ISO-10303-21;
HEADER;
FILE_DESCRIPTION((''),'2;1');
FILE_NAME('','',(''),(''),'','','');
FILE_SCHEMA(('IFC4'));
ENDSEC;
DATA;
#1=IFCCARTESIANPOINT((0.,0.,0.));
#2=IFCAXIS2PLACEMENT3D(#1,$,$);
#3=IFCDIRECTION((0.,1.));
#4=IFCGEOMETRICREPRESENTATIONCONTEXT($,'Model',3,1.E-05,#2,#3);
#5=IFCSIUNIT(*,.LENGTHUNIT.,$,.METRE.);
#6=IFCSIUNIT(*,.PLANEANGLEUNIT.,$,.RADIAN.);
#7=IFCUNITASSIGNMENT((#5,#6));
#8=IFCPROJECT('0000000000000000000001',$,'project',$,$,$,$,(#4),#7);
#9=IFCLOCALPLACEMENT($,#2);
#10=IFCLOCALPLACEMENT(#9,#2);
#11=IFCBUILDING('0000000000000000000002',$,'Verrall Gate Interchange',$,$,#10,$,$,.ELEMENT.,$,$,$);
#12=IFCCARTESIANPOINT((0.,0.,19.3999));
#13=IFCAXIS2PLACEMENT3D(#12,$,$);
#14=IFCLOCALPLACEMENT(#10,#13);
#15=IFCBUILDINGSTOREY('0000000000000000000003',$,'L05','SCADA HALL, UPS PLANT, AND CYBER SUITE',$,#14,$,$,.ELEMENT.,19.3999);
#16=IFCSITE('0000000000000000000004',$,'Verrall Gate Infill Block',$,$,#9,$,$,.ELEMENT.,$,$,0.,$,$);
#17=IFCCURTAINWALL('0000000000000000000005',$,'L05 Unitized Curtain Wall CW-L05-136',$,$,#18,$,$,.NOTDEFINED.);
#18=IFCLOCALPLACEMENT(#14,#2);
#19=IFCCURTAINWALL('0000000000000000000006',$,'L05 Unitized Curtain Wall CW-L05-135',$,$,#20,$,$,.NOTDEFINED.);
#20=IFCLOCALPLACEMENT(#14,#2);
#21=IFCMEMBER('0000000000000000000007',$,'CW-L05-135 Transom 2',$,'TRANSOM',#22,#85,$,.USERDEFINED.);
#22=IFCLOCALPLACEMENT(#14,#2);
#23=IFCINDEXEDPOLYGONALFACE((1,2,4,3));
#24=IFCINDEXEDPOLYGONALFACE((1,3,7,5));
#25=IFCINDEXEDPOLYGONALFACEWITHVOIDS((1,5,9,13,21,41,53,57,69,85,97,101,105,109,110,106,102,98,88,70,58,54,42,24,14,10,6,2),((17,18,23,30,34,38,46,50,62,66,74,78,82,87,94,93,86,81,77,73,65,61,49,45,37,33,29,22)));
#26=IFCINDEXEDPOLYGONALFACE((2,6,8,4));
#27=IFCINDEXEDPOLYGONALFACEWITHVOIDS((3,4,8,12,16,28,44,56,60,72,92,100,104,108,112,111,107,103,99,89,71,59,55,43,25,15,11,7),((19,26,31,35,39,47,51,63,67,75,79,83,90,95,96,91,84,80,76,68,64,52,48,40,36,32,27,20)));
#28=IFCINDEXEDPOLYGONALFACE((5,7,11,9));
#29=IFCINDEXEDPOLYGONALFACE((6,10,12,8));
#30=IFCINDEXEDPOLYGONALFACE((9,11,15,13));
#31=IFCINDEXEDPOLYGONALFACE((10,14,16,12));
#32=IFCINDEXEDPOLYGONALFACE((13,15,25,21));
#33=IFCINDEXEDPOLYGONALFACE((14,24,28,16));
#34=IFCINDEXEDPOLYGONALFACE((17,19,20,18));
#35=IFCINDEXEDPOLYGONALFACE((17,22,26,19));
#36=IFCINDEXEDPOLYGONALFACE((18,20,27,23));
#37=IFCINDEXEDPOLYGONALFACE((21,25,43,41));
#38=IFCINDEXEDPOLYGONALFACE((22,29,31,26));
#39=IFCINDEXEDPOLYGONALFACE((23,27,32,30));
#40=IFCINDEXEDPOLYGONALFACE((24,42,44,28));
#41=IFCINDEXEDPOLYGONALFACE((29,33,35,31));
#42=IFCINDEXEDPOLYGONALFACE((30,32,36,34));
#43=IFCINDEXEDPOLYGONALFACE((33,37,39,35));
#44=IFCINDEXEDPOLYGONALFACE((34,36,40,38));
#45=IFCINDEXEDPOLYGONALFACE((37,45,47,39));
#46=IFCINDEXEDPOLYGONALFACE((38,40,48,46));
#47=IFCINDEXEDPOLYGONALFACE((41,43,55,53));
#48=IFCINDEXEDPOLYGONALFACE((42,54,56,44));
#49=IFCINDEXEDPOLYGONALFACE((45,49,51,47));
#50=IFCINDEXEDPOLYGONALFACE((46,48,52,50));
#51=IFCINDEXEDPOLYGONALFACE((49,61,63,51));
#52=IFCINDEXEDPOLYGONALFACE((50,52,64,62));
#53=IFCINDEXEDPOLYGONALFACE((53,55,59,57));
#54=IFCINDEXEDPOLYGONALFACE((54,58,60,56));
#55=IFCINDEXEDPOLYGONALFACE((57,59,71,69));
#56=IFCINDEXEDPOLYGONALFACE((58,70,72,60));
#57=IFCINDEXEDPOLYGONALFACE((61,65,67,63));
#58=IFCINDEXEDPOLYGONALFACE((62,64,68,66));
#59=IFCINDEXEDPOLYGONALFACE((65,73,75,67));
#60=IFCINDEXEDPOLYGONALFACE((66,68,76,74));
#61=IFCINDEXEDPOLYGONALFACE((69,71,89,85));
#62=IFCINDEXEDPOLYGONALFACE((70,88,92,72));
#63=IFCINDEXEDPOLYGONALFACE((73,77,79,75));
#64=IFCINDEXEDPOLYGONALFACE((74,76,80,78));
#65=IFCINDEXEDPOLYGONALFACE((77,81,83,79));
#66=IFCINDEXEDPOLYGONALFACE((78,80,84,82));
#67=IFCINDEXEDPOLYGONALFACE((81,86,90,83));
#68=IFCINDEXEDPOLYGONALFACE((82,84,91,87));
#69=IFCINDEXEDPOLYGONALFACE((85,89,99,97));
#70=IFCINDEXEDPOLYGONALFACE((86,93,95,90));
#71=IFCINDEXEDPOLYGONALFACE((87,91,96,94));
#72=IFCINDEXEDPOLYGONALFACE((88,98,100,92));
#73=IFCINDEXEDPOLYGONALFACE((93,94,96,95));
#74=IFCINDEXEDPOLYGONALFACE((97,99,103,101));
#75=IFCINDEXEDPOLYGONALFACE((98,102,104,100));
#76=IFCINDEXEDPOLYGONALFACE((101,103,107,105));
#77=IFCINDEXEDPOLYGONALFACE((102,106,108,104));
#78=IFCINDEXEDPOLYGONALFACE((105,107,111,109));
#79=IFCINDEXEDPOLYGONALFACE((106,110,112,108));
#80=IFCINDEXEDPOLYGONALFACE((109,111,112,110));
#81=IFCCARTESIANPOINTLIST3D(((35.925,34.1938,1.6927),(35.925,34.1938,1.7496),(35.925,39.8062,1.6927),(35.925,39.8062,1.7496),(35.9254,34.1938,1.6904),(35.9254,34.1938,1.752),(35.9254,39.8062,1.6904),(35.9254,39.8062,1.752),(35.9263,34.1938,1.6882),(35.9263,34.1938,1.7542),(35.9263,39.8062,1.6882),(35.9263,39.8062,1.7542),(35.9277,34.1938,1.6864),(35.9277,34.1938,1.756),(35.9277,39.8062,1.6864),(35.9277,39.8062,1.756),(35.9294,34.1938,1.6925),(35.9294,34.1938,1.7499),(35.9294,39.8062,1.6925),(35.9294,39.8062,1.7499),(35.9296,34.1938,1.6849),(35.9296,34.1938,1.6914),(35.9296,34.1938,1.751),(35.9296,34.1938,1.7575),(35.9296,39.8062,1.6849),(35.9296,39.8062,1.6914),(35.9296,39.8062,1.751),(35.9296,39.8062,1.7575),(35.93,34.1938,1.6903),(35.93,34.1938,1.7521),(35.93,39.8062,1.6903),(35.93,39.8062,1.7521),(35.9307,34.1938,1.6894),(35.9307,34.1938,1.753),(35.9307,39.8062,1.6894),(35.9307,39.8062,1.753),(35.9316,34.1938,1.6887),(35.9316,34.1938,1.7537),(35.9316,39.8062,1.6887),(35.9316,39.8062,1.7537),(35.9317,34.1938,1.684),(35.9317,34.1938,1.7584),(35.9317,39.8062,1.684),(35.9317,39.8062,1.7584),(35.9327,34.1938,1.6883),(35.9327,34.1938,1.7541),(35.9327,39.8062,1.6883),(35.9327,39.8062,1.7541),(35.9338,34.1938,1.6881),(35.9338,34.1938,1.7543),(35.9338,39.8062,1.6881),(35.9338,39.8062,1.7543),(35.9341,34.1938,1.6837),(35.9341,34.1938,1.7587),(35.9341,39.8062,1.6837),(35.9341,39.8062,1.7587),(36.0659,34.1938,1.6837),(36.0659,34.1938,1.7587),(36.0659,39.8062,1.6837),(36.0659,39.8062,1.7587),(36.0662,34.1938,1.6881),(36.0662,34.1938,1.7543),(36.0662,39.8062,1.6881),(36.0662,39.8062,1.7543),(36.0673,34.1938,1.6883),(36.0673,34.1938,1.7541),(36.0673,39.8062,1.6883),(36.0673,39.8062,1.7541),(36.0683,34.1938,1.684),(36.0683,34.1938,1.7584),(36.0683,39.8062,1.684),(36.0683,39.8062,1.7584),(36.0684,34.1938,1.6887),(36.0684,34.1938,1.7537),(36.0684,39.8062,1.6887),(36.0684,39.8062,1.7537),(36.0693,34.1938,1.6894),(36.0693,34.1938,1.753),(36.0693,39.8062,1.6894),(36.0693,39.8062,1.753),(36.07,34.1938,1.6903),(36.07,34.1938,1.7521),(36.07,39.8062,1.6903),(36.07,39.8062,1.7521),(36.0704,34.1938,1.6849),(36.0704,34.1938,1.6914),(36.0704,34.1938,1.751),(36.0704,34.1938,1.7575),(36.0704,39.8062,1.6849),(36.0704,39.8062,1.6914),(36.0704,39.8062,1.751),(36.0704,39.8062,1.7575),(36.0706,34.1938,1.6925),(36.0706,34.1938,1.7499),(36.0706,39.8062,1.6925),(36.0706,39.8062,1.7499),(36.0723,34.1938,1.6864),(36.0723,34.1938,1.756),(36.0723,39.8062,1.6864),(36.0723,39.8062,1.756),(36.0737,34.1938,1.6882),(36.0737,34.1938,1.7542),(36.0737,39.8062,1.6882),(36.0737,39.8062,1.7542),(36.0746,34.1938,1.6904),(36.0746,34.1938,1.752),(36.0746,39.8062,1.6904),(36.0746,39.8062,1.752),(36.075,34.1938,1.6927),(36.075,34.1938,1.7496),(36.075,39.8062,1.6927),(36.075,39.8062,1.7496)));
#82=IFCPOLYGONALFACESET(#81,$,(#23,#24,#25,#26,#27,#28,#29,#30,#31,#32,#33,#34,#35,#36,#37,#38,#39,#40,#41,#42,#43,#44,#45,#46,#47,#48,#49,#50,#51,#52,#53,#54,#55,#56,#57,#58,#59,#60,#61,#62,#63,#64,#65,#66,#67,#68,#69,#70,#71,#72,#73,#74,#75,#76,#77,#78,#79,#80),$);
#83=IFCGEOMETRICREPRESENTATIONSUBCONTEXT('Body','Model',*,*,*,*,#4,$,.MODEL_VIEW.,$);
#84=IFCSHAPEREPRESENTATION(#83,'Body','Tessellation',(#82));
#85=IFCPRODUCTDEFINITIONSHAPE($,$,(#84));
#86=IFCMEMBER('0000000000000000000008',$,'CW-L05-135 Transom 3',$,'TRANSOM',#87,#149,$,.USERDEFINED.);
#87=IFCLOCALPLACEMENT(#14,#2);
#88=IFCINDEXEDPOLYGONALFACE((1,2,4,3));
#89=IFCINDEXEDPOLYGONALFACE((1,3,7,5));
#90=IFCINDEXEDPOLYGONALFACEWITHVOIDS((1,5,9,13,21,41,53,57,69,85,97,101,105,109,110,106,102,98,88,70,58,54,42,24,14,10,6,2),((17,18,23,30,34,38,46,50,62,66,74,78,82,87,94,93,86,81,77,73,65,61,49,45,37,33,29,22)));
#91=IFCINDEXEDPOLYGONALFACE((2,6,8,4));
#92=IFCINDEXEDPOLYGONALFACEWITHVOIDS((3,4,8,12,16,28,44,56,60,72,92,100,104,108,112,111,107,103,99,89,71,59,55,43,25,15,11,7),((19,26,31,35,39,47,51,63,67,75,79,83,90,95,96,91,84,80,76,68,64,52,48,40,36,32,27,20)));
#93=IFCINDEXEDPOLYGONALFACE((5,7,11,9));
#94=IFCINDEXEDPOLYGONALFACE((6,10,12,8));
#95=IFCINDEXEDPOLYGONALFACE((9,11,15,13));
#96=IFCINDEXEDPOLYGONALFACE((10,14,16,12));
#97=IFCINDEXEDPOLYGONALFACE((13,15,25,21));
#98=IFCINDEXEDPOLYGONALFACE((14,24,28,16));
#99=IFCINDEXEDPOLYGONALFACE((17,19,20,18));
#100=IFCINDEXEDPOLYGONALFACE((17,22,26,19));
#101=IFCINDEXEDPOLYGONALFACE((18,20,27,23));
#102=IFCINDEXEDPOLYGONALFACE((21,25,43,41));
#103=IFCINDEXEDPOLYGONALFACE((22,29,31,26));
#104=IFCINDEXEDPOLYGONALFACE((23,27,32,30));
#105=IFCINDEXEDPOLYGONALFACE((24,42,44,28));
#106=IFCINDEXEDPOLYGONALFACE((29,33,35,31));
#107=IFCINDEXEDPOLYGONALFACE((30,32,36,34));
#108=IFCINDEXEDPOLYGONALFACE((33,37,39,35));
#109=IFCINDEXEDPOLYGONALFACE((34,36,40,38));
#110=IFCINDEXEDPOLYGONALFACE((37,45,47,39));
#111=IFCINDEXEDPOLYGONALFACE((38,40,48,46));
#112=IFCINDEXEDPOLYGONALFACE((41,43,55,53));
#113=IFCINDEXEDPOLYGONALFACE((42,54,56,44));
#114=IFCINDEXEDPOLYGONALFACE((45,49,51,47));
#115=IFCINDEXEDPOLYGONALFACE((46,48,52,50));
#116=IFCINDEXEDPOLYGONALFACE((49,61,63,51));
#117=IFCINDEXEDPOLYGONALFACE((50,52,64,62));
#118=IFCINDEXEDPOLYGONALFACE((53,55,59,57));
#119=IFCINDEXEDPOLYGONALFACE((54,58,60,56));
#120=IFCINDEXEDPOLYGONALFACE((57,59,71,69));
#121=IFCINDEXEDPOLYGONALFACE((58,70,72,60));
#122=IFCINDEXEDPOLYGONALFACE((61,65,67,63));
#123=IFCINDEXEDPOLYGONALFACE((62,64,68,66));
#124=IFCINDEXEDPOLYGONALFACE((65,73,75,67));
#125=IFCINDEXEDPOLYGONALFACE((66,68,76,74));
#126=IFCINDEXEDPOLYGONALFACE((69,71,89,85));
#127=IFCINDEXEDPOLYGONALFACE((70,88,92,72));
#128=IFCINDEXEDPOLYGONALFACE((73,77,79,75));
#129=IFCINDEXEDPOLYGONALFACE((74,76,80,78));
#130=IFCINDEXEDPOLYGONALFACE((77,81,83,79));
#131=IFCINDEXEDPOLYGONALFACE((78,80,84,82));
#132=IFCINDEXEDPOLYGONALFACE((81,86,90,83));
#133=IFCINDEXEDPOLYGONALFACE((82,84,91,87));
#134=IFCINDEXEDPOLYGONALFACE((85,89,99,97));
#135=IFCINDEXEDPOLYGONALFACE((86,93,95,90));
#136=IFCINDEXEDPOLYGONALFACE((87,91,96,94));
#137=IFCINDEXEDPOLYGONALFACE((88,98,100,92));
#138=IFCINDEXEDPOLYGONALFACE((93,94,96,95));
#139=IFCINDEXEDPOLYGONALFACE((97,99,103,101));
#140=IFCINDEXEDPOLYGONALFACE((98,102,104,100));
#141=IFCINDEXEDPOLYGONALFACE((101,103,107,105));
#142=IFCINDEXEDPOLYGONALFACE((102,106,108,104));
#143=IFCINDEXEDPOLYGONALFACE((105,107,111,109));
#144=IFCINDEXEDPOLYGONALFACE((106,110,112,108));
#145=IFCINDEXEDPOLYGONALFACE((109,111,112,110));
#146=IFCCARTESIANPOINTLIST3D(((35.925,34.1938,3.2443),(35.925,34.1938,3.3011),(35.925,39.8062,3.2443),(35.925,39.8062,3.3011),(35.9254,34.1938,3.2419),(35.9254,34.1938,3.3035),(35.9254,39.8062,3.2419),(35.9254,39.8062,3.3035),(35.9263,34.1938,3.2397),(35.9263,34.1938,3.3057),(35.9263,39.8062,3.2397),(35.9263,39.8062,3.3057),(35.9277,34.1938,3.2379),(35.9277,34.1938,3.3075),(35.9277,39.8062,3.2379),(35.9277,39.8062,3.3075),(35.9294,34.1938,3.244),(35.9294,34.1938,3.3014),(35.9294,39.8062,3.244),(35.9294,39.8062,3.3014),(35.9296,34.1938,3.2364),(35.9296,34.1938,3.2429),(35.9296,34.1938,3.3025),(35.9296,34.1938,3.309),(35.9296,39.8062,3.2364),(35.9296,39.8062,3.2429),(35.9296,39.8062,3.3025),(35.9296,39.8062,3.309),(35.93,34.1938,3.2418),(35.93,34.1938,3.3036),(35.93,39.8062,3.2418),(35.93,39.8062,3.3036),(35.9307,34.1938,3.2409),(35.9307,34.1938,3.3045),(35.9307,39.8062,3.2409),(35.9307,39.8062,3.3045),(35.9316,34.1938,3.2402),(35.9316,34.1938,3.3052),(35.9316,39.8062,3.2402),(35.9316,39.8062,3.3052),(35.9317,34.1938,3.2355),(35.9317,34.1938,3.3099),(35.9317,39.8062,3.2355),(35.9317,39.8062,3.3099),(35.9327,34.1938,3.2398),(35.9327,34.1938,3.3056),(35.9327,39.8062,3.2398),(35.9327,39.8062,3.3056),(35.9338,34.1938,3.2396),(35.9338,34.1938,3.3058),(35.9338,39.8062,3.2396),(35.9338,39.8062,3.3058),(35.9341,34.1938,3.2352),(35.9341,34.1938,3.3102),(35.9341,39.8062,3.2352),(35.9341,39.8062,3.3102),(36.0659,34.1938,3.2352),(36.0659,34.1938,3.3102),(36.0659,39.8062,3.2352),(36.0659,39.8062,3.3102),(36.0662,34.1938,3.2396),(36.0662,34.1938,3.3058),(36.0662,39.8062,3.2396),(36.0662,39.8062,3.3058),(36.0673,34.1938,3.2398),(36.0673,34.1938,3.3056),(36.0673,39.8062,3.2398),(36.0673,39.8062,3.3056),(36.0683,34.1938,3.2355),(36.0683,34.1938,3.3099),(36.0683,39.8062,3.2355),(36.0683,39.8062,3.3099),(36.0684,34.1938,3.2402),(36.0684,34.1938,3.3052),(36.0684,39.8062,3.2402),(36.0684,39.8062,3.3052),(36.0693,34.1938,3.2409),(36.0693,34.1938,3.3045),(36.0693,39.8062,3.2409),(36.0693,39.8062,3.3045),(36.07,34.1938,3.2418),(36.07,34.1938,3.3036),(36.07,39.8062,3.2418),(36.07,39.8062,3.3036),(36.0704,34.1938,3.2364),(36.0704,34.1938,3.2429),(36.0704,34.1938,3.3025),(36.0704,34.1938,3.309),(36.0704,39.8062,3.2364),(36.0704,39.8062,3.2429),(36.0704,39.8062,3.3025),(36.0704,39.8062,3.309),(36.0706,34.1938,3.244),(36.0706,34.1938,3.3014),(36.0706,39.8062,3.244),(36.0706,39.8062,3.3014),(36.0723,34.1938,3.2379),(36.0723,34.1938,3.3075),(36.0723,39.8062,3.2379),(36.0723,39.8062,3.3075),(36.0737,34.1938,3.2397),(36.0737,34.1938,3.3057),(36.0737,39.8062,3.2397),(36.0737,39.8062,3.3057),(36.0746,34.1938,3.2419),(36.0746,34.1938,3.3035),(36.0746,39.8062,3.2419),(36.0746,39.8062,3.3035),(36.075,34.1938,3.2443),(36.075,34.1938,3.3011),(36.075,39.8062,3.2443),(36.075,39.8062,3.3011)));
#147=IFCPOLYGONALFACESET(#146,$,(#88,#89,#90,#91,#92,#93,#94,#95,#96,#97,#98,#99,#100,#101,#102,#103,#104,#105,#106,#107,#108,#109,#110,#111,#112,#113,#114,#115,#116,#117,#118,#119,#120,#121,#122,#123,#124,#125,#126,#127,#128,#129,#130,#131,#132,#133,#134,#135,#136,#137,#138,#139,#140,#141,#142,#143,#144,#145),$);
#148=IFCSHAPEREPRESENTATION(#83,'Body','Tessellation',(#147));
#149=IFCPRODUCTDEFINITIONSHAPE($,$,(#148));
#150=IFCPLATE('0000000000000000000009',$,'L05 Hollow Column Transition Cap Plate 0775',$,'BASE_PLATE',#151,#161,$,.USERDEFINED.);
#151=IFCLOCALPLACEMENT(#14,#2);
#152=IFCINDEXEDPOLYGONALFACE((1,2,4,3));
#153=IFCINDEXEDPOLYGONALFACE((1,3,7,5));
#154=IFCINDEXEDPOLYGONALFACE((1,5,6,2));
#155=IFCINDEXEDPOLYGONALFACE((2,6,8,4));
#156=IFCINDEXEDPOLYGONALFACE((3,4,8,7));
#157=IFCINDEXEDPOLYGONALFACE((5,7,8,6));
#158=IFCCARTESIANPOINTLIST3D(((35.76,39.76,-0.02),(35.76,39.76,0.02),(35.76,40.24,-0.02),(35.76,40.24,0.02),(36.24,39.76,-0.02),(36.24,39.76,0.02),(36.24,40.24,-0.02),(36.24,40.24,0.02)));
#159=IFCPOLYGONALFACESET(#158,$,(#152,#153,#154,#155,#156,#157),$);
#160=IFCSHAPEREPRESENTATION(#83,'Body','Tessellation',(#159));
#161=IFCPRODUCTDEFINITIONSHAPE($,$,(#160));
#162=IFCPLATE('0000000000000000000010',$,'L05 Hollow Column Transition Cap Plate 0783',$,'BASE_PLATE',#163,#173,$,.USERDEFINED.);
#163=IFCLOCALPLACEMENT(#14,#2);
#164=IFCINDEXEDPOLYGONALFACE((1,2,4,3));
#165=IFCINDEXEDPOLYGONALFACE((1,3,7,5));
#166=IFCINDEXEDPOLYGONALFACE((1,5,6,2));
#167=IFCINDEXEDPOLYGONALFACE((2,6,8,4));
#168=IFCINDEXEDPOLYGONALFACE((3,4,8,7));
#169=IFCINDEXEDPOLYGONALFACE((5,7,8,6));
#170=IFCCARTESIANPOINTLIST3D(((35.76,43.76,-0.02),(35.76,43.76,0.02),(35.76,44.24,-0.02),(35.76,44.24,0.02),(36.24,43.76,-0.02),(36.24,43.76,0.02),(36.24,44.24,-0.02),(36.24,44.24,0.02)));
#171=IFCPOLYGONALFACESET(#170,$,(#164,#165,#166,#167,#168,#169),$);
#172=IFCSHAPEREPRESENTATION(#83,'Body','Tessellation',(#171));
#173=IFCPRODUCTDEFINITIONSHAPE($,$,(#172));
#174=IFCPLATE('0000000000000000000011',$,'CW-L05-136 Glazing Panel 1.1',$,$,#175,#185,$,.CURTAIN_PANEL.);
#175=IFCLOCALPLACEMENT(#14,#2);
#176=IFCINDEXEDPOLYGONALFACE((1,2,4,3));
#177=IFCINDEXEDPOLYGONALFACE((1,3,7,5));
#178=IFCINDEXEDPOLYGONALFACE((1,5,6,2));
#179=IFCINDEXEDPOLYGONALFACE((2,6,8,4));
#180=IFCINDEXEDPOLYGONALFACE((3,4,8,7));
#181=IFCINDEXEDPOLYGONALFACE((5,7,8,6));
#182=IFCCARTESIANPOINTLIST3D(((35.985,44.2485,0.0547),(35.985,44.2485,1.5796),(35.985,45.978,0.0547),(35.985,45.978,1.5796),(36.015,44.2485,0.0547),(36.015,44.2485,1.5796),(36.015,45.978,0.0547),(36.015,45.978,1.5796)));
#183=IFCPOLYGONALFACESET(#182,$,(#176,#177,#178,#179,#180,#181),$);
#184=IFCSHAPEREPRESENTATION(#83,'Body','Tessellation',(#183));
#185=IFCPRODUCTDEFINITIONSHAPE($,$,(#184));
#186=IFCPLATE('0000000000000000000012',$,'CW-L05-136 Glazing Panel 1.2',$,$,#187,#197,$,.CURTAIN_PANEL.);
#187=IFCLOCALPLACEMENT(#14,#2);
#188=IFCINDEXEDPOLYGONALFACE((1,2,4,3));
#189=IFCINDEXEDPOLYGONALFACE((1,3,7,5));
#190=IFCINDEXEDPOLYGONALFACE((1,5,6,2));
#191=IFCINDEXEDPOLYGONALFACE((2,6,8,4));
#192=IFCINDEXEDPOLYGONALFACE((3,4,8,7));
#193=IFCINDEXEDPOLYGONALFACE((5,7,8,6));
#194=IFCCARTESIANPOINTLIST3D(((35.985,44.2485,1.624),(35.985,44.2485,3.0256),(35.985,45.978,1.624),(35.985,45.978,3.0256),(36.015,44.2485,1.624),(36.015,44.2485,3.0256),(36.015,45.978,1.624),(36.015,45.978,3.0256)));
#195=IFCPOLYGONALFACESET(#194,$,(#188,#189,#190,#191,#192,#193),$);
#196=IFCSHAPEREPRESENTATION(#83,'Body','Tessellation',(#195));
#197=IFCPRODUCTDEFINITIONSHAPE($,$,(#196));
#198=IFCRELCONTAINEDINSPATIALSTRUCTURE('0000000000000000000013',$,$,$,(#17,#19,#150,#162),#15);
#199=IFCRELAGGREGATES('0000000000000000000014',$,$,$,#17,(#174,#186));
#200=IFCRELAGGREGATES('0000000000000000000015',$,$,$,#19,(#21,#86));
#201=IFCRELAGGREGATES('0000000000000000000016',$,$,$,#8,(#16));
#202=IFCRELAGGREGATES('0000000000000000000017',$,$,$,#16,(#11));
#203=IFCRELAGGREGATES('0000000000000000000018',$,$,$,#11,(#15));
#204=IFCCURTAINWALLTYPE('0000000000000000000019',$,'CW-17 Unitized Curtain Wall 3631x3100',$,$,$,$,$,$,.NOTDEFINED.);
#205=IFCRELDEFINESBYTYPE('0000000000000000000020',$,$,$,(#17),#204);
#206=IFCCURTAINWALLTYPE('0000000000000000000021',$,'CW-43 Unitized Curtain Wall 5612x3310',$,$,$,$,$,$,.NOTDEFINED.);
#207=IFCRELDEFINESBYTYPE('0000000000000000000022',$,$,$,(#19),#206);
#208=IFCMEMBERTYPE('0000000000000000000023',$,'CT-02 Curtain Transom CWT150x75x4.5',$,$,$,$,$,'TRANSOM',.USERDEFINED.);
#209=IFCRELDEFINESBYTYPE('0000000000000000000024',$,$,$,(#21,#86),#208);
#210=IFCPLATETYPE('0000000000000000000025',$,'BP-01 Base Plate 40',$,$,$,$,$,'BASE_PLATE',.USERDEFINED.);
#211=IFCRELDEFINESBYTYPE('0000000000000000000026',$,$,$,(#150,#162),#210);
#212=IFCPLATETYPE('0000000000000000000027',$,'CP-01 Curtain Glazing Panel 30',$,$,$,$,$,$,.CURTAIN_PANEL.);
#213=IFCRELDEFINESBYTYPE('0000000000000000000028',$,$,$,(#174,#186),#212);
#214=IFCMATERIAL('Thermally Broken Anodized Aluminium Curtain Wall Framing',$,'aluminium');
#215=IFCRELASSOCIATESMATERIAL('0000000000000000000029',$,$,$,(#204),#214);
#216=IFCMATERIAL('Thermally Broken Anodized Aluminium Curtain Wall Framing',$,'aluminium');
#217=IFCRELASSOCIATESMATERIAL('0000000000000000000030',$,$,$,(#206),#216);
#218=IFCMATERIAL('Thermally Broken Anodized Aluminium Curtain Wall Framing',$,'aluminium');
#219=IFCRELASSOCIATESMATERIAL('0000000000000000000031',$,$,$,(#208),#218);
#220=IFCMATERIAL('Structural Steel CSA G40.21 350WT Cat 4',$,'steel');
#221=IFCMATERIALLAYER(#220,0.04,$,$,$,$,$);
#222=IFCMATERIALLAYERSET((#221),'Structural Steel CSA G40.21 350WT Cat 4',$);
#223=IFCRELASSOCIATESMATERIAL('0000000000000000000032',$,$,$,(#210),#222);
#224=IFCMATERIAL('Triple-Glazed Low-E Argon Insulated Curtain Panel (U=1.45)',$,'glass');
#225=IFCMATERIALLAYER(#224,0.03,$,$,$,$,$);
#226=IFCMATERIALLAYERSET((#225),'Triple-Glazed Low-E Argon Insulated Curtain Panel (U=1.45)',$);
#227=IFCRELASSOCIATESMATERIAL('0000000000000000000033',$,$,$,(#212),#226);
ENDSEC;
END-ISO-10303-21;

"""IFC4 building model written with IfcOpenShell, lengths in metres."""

from ifc_helpers import new_model, si_unit, direction, frame, origin, origin_2d, place, context, subcontext, project, spatial, rectangle, hollow_rectangle, extrude, material, layer, layer_set, material_profile, profile_set, type_object, element, aggregate, save


model = new_model("IFC4")

# Units and contexts
model_context = context("Model", 3, precision=1e-05, world=origin(), true_north=direction((0.0, 1.0)))
body_context = subcontext(model_context, "Body", "Model", "MODEL_VIEW")
ifc_project = project(units=[si_unit("LENGTHUNIT", "METRE"), si_unit("PLANEANGLEUNIT", "RADIAN")], contexts=[model_context])

# Site, building, storey
site_placement = place(None, origin())
site = spatial("IfcSite", under=ifc_project, at=site_placement, Name="Verrall Gate Infill Block", CompositionType="ELEMENT", RefElevation=0.0)
building_placement = place(site_placement, origin())
building = spatial("IfcBuilding", under=site, at=building_placement, Name="Verrall Gate Interchange", CompositionType="ELEMENT")
storey_placement = place(building_placement, frame((0.0, 0.0, 19.3999)))
storey = spatial("IfcBuildingStorey", under=building, at=storey_placement, Name="L05", Description="SCADA HALL, UPS PLANT, AND CYBER SUITE", CompositionType="ELEMENT", Elevation=19.3999)

# Curtain walls
ifc_material_1 = material(Name="Thermally Broken Anodized Aluminium Curtain Wall Framing", Category="aluminium")
curtain_wall_type_1 = type_object("IfcCurtainWallType", Name="CW-17 Unitized Curtain Wall 3631x3100", PredefinedType="NOTDEFINED", material=ifc_material_1)
curtain_wall_1_placement = place(storey_placement, origin())
curtain_wall_1 = element("IfcCurtainWall", 1, at=curtain_wall_1_placement, inside=storey, type_object=curtain_wall_type_1, Name="L05 Unitized Curtain Wall CW-L05-136", PredefinedType="NOTDEFINED")
ifc_material_2 = material(Name="Thermally Broken Anodized Aluminium Curtain Wall Framing", Category="aluminium")
curtain_wall_type_2 = type_object("IfcCurtainWallType", Name="CW-43 Unitized Curtain Wall 5612x3310", PredefinedType="NOTDEFINED", material=ifc_material_2)
curtain_wall_2_placement = place(storey_placement, origin())
curtain_wall_2 = element("IfcCurtainWall", 2, at=curtain_wall_2_placement, inside=storey, type_object=curtain_wall_type_2, Name="L05 Unitized Curtain Wall CW-L05-135", PredefinedType="NOTDEFINED")

# Members
ifc_material_3 = material(Name="Thermally Broken Anodized Aluminium Curtain Wall Framing", Category="aluminium")
ifc_material_profile_1 = material_profile(ifc_material_3, hollow_rectangle(XDim=0.1499, YDim=0.075, WallThickness=0.0044, InnerFilletRadius=0.0044, OuterFilletRadius=0.009, at=origin_2d()), Name="CWT150x75x4.5")
ifc_profile_set_1 = profile_set([ifc_material_profile_1], Name="Thermally Broken Anodized Aluminium Curtain Wall Framing")
member_type_1 = type_object("IfcMemberType", Name="CT-02 Curtain Transom CWT150x75x4.5", ElementType="TRANSOM", PredefinedType="USERDEFINED", material=ifc_profile_set_1)
member_1_placement = place(storey_placement, frame((36.0, 34.1938, 1.7212), z_axis=(0.0, 1.0, 0.0), x_axis=(-1.0, 0.0, 0.0)))
member_1 = element("IfcMember", 3, at=member_1_placement, type_object=member_type_1, Name="CW-L05-135 Transom 2", ObjectType="TRANSOM", PredefinedType="USERDEFINED", context=body_context, shape_type="SweptSolid", body=[
    extrude(hollow_rectangle(XDim=0.1499, YDim=0.075, WallThickness=0.0044, InnerFilletRadius=0.0044, OuterFilletRadius=0.009, at=origin_2d()), origin(), (0.0, 0.0, 1.0), 5.6123),
])
member_2_placement = place(storey_placement, frame((36.0, 34.1938, 3.2727), z_axis=(0.0, 1.0, 0.0), x_axis=(-1.0, 0.0, 0.0)))
member_2 = element("IfcMember", 4, at=member_2_placement, type_object=member_type_1, Name="CW-L05-135 Transom 3", ObjectType="TRANSOM", PredefinedType="USERDEFINED", context=body_context, shape_type="SweptSolid", body=[
    extrude(hollow_rectangle(XDim=0.1499, YDim=0.075, WallThickness=0.0044, InnerFilletRadius=0.0044, OuterFilletRadius=0.009, at=origin_2d()), origin(), (0.0, 0.0, 1.0), 5.6123),
])

# Plates
ifc_material_4 = material(Name="Structural Steel CSA G40.21 350WT Cat 4", Category="steel")
ifc_layer_1 = layer(ifc_material_4, 0.04)
ifc_layer_set_1 = layer_set([ifc_layer_1], Name="Structural Steel CSA G40.21 350WT Cat 4")
plate_type_1 = type_object("IfcPlateType", Name="BP-01 Base Plate 40", ElementType="BASE_PLATE", PredefinedType="USERDEFINED", material=ifc_layer_set_1)
for number, where, z_axis, x_axis, name in (
    (5, (36.0, 40.0, -0.02), (0.0, 0.0, 1.0), (1.0, 0.0, 0.0), "L05 Hollow Column Transition Cap Plate 0775"),
    (6, (36.0, 44.0, -0.02), (0.0, 0.0, 1.0), (1.0, 0.0, 0.0), "L05 Hollow Column Transition Cap Plate 0783"),
):
    element("IfcPlate", number, at=place(storey_placement, frame(where, z_axis=z_axis, x_axis=x_axis)), inside=storey, type_object=plate_type_1, Name=name, ObjectType="BASE_PLATE", PredefinedType="USERDEFINED", context=body_context, shape_type="SweptSolid", body=[
        extrude(rectangle(XDim=0.48, YDim=0.48, at=origin_2d()), origin(), (0.0, 0.0, 1.0), 0.04),
    ])

# Plates
ifc_material_5 = material(Name="Triple-Glazed Low-E Argon Insulated Curtain Panel (U=1.45)", Category="glass")
ifc_layer_2 = layer(ifc_material_5, 0.03)
ifc_layer_set_2 = layer_set([ifc_layer_2], Name="Triple-Glazed Low-E Argon Insulated Curtain Panel (U=1.45)")
plate_type_2 = type_object("IfcPlateType", Name="CP-01 Curtain Glazing Panel 30", PredefinedType="CURTAIN_PANEL", material=ifc_layer_set_2)
plate_1_placement = place(storey_placement, frame((36.0, 45.1133, 0.0547), z_axis=(0.0, 0.0, 1.0), x_axis=(0.0, 1.0, 0.0)))
plate_1 = element("IfcPlate", 7, at=plate_1_placement, type_object=plate_type_2, Name="CW-L05-136 Glazing Panel 1.1", PredefinedType="CURTAIN_PANEL", context=body_context, shape_type="SweptSolid", body=[
    extrude(rectangle(XDim=1.7295, YDim=0.03, at=origin_2d()), origin(), (0.0, 0.0, 1.0), 1.5249),
])
plate_2_placement = place(storey_placement, frame((36.0, 45.1133, 1.624), z_axis=(0.0, 0.0, 1.0), x_axis=(0.0, 1.0, 0.0)))
plate_2 = element("IfcPlate", 8, at=plate_2_placement, type_object=plate_type_2, Name="CW-L05-136 Glazing Panel 1.2", PredefinedType="CURTAIN_PANEL", context=body_context, shape_type="SweptSolid", body=[
    extrude(rectangle(XDim=1.7295, YDim=0.03, at=origin_2d()), origin(), (0.0, 0.0, 1.0), 1.4016),
])
aggregate(curtain_wall_1, [plate_1, plate_2])
aggregate(curtain_wall_2, [member_1, member_2])

save(model, "model.ifc")
